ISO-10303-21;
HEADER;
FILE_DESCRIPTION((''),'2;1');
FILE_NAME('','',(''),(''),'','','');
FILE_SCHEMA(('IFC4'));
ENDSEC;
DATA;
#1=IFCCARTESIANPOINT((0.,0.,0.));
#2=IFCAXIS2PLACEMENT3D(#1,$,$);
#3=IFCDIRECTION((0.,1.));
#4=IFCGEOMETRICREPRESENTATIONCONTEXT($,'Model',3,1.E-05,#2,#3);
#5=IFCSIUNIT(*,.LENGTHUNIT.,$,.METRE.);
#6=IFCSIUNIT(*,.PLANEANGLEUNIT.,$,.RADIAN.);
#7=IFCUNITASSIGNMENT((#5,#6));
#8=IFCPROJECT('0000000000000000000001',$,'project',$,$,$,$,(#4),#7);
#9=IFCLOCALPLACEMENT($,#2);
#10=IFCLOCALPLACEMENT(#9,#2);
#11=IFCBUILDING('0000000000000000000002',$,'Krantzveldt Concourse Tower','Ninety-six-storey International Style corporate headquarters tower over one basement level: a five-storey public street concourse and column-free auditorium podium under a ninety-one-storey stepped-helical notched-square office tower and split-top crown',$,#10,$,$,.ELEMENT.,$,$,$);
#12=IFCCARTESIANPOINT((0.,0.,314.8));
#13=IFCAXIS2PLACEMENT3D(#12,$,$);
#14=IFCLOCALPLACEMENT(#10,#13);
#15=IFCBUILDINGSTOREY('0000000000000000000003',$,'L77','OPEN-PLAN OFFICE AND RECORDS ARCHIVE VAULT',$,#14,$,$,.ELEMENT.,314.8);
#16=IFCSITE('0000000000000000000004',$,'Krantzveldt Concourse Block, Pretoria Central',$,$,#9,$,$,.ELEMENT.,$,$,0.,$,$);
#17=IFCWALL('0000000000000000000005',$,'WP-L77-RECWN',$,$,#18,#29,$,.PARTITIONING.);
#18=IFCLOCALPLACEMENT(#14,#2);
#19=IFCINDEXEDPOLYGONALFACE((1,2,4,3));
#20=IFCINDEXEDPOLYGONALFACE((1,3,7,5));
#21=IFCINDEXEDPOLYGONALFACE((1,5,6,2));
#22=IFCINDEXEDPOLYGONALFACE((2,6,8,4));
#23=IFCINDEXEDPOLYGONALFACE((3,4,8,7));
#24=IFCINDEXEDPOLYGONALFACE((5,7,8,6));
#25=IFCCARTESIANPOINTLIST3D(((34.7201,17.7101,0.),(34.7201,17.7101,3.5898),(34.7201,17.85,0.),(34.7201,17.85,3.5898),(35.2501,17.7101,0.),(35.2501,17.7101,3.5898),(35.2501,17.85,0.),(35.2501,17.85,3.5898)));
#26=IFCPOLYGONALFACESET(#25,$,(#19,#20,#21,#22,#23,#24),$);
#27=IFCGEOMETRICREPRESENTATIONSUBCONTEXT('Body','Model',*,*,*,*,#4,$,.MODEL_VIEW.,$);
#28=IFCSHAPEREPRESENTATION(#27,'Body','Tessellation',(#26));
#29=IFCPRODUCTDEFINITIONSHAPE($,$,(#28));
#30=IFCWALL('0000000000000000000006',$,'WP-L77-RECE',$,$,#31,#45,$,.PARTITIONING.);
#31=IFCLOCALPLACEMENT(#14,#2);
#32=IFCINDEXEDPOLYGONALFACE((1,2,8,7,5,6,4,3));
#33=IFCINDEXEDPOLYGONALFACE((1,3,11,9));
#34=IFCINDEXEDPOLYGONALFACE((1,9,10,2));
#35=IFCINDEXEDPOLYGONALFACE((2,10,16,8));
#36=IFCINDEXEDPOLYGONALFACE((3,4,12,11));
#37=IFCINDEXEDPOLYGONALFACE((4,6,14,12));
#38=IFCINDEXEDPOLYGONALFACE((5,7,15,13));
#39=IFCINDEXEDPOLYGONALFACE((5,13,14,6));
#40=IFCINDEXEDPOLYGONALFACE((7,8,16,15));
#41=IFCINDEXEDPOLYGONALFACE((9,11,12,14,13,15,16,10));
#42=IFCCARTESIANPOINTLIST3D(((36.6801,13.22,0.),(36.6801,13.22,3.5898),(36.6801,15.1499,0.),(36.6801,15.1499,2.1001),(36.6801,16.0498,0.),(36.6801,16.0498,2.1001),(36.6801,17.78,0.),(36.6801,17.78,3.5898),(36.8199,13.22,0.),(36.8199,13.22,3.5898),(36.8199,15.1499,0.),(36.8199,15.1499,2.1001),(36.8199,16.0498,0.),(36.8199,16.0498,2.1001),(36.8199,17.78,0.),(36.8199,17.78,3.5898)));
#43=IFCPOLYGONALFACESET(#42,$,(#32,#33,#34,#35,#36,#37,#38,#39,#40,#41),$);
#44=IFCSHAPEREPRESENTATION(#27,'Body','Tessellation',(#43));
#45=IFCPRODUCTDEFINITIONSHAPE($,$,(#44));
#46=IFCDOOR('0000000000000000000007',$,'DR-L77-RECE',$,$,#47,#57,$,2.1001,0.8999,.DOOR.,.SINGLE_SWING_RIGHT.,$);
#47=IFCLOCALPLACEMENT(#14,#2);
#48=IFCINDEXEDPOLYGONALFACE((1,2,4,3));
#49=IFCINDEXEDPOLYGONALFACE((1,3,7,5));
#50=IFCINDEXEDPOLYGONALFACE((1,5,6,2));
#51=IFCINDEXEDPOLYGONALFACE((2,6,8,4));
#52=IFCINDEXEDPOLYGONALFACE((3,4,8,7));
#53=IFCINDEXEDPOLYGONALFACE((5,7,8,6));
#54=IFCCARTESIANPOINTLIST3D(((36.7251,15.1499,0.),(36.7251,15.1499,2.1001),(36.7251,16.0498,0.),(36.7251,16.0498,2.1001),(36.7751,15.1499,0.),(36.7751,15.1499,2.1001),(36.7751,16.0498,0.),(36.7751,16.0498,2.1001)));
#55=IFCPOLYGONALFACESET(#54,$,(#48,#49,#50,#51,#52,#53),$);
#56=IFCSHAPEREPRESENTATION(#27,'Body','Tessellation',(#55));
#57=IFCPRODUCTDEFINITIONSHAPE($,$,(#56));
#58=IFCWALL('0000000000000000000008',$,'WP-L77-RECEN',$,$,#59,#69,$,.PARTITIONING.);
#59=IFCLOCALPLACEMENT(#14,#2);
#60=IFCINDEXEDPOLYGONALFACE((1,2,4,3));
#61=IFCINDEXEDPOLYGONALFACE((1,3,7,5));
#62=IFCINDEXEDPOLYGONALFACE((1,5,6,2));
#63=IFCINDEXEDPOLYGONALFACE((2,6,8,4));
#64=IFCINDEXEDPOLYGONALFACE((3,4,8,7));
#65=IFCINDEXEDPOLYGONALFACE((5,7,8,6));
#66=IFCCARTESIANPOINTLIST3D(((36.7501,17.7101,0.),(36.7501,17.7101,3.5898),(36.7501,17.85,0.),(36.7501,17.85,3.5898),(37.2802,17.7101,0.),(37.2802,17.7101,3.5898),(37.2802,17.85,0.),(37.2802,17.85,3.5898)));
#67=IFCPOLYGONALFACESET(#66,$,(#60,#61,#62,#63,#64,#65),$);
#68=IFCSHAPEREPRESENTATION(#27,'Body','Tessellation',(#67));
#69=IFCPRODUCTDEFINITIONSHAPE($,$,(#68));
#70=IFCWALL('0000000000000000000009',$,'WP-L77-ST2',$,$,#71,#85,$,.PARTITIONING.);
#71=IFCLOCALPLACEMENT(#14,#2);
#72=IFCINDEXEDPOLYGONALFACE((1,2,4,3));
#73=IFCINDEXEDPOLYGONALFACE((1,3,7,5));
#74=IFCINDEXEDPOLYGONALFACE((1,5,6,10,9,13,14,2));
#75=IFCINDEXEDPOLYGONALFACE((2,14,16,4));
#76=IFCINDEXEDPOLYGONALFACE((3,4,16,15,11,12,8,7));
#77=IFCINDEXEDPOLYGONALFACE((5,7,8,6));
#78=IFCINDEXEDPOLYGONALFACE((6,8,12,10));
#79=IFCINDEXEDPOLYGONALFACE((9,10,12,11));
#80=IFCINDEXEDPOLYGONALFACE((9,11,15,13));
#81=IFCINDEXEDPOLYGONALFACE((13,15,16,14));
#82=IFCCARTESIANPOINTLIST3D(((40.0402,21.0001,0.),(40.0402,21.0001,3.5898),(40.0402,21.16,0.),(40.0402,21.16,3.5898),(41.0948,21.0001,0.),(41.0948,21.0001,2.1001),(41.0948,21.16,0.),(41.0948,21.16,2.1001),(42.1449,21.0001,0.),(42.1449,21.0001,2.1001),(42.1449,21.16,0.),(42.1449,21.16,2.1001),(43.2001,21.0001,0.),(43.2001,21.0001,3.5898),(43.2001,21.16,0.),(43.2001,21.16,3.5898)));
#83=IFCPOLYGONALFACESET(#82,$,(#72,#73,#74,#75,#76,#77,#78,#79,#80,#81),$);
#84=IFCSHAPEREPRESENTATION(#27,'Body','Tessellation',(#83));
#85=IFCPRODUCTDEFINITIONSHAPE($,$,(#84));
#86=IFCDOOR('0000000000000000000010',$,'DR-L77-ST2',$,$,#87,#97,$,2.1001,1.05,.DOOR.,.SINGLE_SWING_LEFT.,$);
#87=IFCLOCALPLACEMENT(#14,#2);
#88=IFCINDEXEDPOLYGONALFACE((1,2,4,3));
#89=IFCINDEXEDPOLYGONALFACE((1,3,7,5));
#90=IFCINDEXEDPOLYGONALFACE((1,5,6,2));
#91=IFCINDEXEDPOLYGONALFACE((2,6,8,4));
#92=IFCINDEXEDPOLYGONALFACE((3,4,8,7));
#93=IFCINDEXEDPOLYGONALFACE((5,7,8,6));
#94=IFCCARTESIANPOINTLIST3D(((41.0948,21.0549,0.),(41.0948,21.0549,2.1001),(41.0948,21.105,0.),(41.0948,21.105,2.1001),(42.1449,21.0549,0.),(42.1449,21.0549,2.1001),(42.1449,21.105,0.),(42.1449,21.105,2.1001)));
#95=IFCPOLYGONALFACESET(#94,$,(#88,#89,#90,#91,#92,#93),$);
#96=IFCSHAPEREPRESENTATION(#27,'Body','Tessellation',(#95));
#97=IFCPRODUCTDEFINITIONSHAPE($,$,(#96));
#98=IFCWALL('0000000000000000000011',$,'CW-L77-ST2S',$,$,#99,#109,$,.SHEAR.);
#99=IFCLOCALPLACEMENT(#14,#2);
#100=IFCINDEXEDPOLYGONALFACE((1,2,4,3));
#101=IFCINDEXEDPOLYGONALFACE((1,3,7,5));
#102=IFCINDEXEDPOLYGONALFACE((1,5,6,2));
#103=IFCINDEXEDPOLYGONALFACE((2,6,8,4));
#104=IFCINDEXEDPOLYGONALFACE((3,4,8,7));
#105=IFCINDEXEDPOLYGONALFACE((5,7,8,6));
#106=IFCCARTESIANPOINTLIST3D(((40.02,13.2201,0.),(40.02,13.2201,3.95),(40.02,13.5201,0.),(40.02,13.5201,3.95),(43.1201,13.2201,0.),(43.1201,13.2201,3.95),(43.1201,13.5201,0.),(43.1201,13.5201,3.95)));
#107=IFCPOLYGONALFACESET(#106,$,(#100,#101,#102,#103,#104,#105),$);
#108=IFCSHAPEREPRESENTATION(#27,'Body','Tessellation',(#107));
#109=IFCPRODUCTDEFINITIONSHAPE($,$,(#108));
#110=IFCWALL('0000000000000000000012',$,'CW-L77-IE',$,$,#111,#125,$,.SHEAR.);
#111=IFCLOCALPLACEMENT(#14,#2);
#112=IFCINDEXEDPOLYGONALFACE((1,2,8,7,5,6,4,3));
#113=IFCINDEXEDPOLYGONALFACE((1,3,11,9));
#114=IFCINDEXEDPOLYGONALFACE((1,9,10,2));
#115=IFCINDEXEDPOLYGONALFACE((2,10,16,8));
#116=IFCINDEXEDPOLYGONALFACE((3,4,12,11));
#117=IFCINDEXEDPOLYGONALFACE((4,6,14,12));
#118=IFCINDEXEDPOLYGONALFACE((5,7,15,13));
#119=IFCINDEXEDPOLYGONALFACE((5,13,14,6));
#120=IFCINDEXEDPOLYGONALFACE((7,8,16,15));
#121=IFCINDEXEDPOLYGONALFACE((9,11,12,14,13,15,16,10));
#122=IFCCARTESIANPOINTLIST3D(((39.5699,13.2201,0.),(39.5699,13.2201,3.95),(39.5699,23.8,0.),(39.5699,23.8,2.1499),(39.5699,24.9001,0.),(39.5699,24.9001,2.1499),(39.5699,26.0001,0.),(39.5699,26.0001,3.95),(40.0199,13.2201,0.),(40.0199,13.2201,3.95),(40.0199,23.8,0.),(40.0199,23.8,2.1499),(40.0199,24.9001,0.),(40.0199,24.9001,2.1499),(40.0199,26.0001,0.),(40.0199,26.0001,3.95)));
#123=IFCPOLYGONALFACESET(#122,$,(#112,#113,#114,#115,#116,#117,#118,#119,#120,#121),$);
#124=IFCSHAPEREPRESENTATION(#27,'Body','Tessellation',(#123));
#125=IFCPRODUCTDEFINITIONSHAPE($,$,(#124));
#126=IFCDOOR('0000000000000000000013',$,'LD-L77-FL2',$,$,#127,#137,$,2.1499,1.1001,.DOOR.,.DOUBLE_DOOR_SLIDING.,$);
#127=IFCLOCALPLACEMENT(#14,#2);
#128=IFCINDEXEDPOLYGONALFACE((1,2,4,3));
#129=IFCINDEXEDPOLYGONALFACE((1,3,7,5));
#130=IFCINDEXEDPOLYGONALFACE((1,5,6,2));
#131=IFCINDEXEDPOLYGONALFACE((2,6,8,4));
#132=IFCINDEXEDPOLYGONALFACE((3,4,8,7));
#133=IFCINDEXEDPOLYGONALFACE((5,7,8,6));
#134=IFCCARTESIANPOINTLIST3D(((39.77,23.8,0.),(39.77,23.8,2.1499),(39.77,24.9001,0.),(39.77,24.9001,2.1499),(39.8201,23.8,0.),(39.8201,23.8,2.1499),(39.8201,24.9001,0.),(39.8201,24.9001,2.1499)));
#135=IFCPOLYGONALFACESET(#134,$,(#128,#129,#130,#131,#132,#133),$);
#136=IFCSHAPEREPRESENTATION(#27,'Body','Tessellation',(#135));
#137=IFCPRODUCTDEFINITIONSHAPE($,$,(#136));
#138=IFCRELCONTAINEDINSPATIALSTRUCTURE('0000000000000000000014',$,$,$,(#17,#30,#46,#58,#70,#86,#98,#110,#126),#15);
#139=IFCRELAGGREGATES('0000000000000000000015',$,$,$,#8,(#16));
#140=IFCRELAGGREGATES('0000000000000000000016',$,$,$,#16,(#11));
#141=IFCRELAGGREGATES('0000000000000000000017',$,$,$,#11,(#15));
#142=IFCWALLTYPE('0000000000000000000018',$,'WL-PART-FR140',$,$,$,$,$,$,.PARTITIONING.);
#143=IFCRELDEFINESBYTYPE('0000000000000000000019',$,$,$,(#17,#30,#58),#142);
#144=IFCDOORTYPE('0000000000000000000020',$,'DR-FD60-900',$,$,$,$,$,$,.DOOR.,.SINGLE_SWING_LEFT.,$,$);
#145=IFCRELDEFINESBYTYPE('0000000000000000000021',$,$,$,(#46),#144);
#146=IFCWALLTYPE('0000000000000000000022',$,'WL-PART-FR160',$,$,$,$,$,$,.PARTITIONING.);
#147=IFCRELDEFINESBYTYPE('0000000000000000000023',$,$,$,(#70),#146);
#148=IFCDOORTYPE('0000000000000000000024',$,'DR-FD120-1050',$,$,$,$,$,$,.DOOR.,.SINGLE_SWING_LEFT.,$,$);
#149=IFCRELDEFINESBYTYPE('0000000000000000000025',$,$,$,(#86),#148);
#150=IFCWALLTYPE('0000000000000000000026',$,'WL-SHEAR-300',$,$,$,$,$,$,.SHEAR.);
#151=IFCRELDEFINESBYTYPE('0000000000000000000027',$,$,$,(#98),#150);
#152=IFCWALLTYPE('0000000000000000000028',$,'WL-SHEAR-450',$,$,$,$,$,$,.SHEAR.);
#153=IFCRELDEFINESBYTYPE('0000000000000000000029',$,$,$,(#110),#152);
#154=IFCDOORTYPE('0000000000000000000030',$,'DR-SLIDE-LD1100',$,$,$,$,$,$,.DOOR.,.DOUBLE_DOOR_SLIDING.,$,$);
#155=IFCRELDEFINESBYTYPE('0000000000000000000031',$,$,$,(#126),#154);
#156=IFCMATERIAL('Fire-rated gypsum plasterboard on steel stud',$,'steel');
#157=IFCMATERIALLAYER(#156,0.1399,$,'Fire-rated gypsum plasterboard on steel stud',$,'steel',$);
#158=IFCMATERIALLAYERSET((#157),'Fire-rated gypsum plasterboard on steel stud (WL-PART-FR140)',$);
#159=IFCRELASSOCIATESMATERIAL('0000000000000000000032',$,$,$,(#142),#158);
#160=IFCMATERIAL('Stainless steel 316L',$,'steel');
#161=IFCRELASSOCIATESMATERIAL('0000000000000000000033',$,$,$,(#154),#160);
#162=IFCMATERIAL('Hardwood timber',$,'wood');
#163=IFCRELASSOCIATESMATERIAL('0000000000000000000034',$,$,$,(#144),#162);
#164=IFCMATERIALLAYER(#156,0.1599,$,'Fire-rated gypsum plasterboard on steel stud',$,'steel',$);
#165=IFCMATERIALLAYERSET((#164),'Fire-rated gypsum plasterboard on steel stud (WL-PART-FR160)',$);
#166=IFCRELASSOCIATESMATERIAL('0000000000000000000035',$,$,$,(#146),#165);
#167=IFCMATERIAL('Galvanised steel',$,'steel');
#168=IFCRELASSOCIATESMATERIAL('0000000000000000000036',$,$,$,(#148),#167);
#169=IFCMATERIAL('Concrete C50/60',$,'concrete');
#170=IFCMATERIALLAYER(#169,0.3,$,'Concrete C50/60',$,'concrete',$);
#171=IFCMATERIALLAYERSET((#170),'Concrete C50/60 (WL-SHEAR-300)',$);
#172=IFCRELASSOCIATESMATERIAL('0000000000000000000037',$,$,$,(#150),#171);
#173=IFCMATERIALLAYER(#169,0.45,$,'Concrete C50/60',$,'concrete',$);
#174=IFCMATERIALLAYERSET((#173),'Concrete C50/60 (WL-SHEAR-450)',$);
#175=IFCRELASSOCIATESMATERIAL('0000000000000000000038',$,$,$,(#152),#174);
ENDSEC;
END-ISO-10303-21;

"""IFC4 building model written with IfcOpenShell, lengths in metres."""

from ifc_helpers import new_model, si_unit, direction, frame, frame_2d, origin, place, context, subcontext, project, spatial, rectangle, extrude, material, layer, layer_set, type_object, element, fill, save


model = new_model("IFC4")

# Units and contexts
model_context = context("Model", 3, precision=1e-05, world=origin(), true_north=direction((0.0, 1.0)))
body_context = subcontext(model_context, "Body", "Model", "MODEL_VIEW")
ifc_project = project(units=[si_unit("LENGTHUNIT", "METRE"), si_unit("PLANEANGLEUNIT", "RADIAN")], contexts=[model_context])

# Site, building, storey
site_placement = place(None, origin())
site = spatial("IfcSite", under=ifc_project, at=site_placement, Name="Krantzveldt Concourse Block, Pretoria Central", CompositionType="ELEMENT", RefElevation=0.0)
building_placement = place(site_placement, origin())
building = spatial("IfcBuilding", under=site, at=building_placement, Name="Krantzveldt Concourse Tower", Description="Ninety-six-storey International Style corporate headquarters tower over one basement level: a five-storey public street concourse and column-free auditorium podium under a ninety-one-storey stepped-helical notched-square office tower and split-top crown", CompositionType="ELEMENT")
storey_placement = place(building_placement, frame((0.0, 0.0, 314.8)))
storey = spatial("IfcBuildingStorey", under=building, at=storey_placement, Name="L77", Description="OPEN-PLAN OFFICE AND RECORDS ARCHIVE VAULT", CompositionType="ELEMENT", Elevation=314.8)

# Shared definitions
ifc_material_1 = material(Name="Fire-rated gypsum plasterboard on steel stud", Category="steel")

# Shared definitions
ifc_layer_1 = layer(ifc_material_1, 0.1399, Name="Fire-rated gypsum plasterboard on steel stud", Category="steel")
ifc_layer_set_1 = layer_set([ifc_layer_1], Name="Fire-rated gypsum plasterboard on steel stud (WL-PART-FR140)")
wall_type_1 = type_object("IfcWallType", Name="WL-PART-FR140", PredefinedType="PARTITIONING", material=ifc_layer_set_1)
ifc_material_2 = material(Name="Stainless steel 316L", Category="steel")
door_type_1 = type_object("IfcDoorType", Name="DR-SLIDE-LD1100", OperationType="DOUBLE_DOOR_SLIDING", PredefinedType="DOOR", material=ifc_material_2)

# Shared definitions
ifc_material_3 = material(Name="Hardwood timber", Category="wood")
door_type_2 = type_object("IfcDoorType", Name="DR-FD60-900", OperationType="SINGLE_SWING_LEFT", PredefinedType="DOOR", material=ifc_material_3)

# Wall
wall_1_placement = place(storey_placement, frame((34.72, 17.78, 0.0), z_axis=(0.0, 0.0, 1.0), x_axis=(1.0, 0.0, 0.0)))
element("IfcWall", 1, at=wall_1_placement, inside=storey, type_object=wall_type_1, Name="WP-L77-RECWN", PredefinedType="PARTITIONING", context=body_context, shape_type="SweptSolid", body=[
    extrude(rectangle(XDim=0.53, YDim=0.1399, at=frame_2d((0.2651, 0.0))), origin(), (0.0, 0.0, 1.0), 3.5898),
])

# Wall, opening, door
wall_2_placement = place(storey_placement, frame((36.75, 13.22, 0.0), z_axis=(0.0, 0.0, 1.0), x_axis=(0.0, 1.0, 0.0)))
wall_2 = element("IfcWall", 2, at=wall_2_placement, inside=storey, type_object=wall_type_1, Name="WP-L77-RECE", PredefinedType="PARTITIONING", context=body_context, shape_type="SweptSolid", body=[
    extrude(rectangle(XDim=4.5601, YDim=0.1399, at=frame_2d((2.28, 0.0))), origin(), (0.0, 0.0, 1.0), 3.5898),
])
opening_1_placement = place(wall_2_placement, frame((1.9299, 0.0, 0.0)))
opening_1 = element("IfcOpeningElement", 3, at=opening_1_placement, cuts=wall_2, PredefinedType="OPENING", context=body_context, shape_type="SweptSolid", body=[
    extrude(rectangle(XDim=0.8999, YDim=2.1001, at=frame_2d((0.45, 1.05))), frame((0.0, 0.0801, 0.0), z_axis=(0.0, -1.0, 0.0), x_axis=(1.0, 0.0, 0.0)), (0.0, 0.0, 1.0), 0.1599),
])
door_1_placement = place(opening_1_placement, origin())
door_1 = element("IfcDoor", 4, at=door_1_placement, inside=storey, type_object=door_type_2, Name="DR-L77-RECE", OperationType="SINGLE_SWING_RIGHT", OverallHeight=2.1001, OverallWidth=0.8999, PredefinedType="DOOR", context=body_context, shape_type="SweptSolid", body=[
    extrude(rectangle(XDim=0.8999, YDim=2.1001, at=frame_2d((0.45, 1.05))), frame((0.0, 0.0249, 0.0), z_axis=(0.0, -1.0, 0.0), x_axis=(1.0, 0.0, 0.0)), (0.0, 0.0, 1.0), 0.05),
])
fill(opening_1, door_1)

# Wall
wall_3_placement = place(storey_placement, frame((36.75, 17.78, 0.0), z_axis=(0.0, 0.0, 1.0), x_axis=(1.0, 0.0, 0.0)))
element("IfcWall", 5, at=wall_3_placement, inside=storey, type_object=wall_type_1, Name="WP-L77-RECEN", PredefinedType="PARTITIONING", context=body_context, shape_type="SweptSolid", body=[
    extrude(rectangle(XDim=0.53, YDim=0.1399, at=frame_2d((0.2651, 0.0))), origin(), (0.0, 0.0, 1.0), 3.5898),
])

# Wall, opening, door
ifc_layer_2 = layer(ifc_material_1, 0.1599, Name="Fire-rated gypsum plasterboard on steel stud", Category="steel")
ifc_layer_set_2 = layer_set([ifc_layer_2], Name="Fire-rated gypsum plasterboard on steel stud (WL-PART-FR160)")
wall_type_2 = type_object("IfcWallType", Name="WL-PART-FR160", PredefinedType="PARTITIONING", material=ifc_layer_set_2)
wall_4_placement = place(storey_placement, frame((40.04, 21.0801, 0.0), z_axis=(0.0, 0.0, 1.0), x_axis=(1.0, 0.0, 0.0)))
wall_4 = element("IfcWall", 6, at=wall_4_placement, inside=storey, type_object=wall_type_2, Name="WP-L77-ST2", PredefinedType="PARTITIONING", context=body_context, shape_type="SweptSolid", body=[
    extrude(rectangle(XDim=3.1599, YDim=0.1599, at=frame_2d((1.5801, 0.0))), origin(), (0.0, 0.0, 1.0), 3.5898),
])
opening_2_placement = place(wall_4_placement, frame((1.0549, 0.0, 0.0)))
opening_2 = element("IfcOpeningElement", 7, at=opening_2_placement, cuts=wall_4, PredefinedType="OPENING", context=body_context, shape_type="SweptSolid", body=[
    extrude(rectangle(XDim=1.05, YDim=2.1001, at=frame_2d((0.5249, 1.05))), frame((0.0, 0.0898, 0.0), z_axis=(0.0, -1.0, 0.0), x_axis=(1.0, 0.0, 0.0)), (0.0, 0.0, 1.0), 0.1799),
])
ifc_material_4 = material(Name="Galvanised steel", Category="steel")
door_type_3 = type_object("IfcDoorType", Name="DR-FD120-1050", OperationType="SINGLE_SWING_LEFT", PredefinedType="DOOR", material=ifc_material_4)
door_2_placement = place(opening_2_placement, origin())
door_2 = element("IfcDoor", 8, at=door_2_placement, inside=storey, type_object=door_type_3, Name="DR-L77-ST2", OperationType="SINGLE_SWING_LEFT", OverallHeight=2.1001, OverallWidth=1.05, PredefinedType="DOOR", context=body_context, shape_type="SweptSolid", body=[
    extrude(rectangle(XDim=1.05, YDim=2.1001, at=frame_2d((0.5249, 1.05))), frame((0.0, 0.0249, 0.0), z_axis=(0.0, -1.0, 0.0), x_axis=(1.0, 0.0, 0.0)), (0.0, 0.0, 1.0), 0.05),
])
fill(opening_2, door_2)

# Wall
ifc_material_5 = material(Name="Concrete C50/60", Category="concrete")
ifc_layer_3 = layer(ifc_material_5, 0.3, Name="Concrete C50/60", Category="concrete")
ifc_layer_set_3 = layer_set([ifc_layer_3], Name="Concrete C50/60 (WL-SHEAR-300)")
wall_type_3 = type_object("IfcWallType", Name="WL-SHEAR-300", PredefinedType="SHEAR", material=ifc_layer_set_3)
wall_5_placement = place(storey_placement, frame((40.02, 13.3701, 0.0), z_axis=(0.0, 0.0, 1.0), x_axis=(1.0, 0.0, 0.0)))
element("IfcWall", 9, at=wall_5_placement, inside=storey, type_object=wall_type_3, Name="CW-L77-ST2S", PredefinedType="SHEAR", context=body_context, shape_type="SweptSolid", body=[
    extrude(rectangle(XDim=3.1001, YDim=0.3, at=frame_2d((1.55, 0.0))), origin(), (0.0, 0.0, 1.0), 3.95),
])

# Wall, opening, door
ifc_layer_4 = layer(ifc_material_5, 0.45, Name="Concrete C50/60", Category="concrete")
ifc_layer_set_4 = layer_set([ifc_layer_4], Name="Concrete C50/60 (WL-SHEAR-450)")
wall_type_4 = type_object("IfcWallType", Name="WL-SHEAR-450", PredefinedType="SHEAR", material=ifc_layer_set_4)
wall_6_placement = place(storey_placement, frame((39.7949, 13.22, 0.0), z_axis=(0.0, 0.0, 1.0), x_axis=(0.0, 1.0, 0.0)))
wall_6 = element("IfcWall", 10, at=wall_6_placement, inside=storey, type_object=wall_type_4, Name="CW-L77-IE", PredefinedType="SHEAR", context=body_context, shape_type="SweptSolid", body=[
    extrude(rectangle(XDim=12.78, YDim=0.45, at=frame_2d((6.3901, 0.0))), origin(), (0.0, 0.0, 1.0), 3.95),
])
opening_3_placement = place(wall_6_placement, frame((10.5801, 0.0, 0.0)))
opening_3 = element("IfcOpeningElement", 11, at=opening_3_placement, cuts=wall_6, PredefinedType="OPENING", context=body_context, shape_type="SweptSolid", body=[
    extrude(rectangle(XDim=1.1001, YDim=2.1499, at=frame_2d((0.55, 1.075))), frame((0.0, 0.2349, 0.0), z_axis=(0.0, -1.0, 0.0), x_axis=(1.0, 0.0, 0.0)), (0.0, 0.0, 1.0), 0.47),
])
door_3_placement = place(opening_3_placement, origin())
door_3 = element("IfcDoor", 12, at=door_3_placement, inside=storey, type_object=door_type_1, Name="LD-L77-FL2", OperationType="DOUBLE_DOOR_SLIDING", OverallHeight=2.1499, OverallWidth=1.1001, PredefinedType="DOOR", context=body_context, shape_type="SweptSolid", body=[
    extrude(rectangle(XDim=1.1001, YDim=2.1499, at=frame_2d((0.55, 1.075))), frame((0.0, 0.0249, 0.0), z_axis=(0.0, -1.0, 0.0), x_axis=(1.0, 0.0, 0.0)), (0.0, 0.0, 1.0), 0.05),
])
fill(opening_3, door_3)

save(model, "model.ifc")
